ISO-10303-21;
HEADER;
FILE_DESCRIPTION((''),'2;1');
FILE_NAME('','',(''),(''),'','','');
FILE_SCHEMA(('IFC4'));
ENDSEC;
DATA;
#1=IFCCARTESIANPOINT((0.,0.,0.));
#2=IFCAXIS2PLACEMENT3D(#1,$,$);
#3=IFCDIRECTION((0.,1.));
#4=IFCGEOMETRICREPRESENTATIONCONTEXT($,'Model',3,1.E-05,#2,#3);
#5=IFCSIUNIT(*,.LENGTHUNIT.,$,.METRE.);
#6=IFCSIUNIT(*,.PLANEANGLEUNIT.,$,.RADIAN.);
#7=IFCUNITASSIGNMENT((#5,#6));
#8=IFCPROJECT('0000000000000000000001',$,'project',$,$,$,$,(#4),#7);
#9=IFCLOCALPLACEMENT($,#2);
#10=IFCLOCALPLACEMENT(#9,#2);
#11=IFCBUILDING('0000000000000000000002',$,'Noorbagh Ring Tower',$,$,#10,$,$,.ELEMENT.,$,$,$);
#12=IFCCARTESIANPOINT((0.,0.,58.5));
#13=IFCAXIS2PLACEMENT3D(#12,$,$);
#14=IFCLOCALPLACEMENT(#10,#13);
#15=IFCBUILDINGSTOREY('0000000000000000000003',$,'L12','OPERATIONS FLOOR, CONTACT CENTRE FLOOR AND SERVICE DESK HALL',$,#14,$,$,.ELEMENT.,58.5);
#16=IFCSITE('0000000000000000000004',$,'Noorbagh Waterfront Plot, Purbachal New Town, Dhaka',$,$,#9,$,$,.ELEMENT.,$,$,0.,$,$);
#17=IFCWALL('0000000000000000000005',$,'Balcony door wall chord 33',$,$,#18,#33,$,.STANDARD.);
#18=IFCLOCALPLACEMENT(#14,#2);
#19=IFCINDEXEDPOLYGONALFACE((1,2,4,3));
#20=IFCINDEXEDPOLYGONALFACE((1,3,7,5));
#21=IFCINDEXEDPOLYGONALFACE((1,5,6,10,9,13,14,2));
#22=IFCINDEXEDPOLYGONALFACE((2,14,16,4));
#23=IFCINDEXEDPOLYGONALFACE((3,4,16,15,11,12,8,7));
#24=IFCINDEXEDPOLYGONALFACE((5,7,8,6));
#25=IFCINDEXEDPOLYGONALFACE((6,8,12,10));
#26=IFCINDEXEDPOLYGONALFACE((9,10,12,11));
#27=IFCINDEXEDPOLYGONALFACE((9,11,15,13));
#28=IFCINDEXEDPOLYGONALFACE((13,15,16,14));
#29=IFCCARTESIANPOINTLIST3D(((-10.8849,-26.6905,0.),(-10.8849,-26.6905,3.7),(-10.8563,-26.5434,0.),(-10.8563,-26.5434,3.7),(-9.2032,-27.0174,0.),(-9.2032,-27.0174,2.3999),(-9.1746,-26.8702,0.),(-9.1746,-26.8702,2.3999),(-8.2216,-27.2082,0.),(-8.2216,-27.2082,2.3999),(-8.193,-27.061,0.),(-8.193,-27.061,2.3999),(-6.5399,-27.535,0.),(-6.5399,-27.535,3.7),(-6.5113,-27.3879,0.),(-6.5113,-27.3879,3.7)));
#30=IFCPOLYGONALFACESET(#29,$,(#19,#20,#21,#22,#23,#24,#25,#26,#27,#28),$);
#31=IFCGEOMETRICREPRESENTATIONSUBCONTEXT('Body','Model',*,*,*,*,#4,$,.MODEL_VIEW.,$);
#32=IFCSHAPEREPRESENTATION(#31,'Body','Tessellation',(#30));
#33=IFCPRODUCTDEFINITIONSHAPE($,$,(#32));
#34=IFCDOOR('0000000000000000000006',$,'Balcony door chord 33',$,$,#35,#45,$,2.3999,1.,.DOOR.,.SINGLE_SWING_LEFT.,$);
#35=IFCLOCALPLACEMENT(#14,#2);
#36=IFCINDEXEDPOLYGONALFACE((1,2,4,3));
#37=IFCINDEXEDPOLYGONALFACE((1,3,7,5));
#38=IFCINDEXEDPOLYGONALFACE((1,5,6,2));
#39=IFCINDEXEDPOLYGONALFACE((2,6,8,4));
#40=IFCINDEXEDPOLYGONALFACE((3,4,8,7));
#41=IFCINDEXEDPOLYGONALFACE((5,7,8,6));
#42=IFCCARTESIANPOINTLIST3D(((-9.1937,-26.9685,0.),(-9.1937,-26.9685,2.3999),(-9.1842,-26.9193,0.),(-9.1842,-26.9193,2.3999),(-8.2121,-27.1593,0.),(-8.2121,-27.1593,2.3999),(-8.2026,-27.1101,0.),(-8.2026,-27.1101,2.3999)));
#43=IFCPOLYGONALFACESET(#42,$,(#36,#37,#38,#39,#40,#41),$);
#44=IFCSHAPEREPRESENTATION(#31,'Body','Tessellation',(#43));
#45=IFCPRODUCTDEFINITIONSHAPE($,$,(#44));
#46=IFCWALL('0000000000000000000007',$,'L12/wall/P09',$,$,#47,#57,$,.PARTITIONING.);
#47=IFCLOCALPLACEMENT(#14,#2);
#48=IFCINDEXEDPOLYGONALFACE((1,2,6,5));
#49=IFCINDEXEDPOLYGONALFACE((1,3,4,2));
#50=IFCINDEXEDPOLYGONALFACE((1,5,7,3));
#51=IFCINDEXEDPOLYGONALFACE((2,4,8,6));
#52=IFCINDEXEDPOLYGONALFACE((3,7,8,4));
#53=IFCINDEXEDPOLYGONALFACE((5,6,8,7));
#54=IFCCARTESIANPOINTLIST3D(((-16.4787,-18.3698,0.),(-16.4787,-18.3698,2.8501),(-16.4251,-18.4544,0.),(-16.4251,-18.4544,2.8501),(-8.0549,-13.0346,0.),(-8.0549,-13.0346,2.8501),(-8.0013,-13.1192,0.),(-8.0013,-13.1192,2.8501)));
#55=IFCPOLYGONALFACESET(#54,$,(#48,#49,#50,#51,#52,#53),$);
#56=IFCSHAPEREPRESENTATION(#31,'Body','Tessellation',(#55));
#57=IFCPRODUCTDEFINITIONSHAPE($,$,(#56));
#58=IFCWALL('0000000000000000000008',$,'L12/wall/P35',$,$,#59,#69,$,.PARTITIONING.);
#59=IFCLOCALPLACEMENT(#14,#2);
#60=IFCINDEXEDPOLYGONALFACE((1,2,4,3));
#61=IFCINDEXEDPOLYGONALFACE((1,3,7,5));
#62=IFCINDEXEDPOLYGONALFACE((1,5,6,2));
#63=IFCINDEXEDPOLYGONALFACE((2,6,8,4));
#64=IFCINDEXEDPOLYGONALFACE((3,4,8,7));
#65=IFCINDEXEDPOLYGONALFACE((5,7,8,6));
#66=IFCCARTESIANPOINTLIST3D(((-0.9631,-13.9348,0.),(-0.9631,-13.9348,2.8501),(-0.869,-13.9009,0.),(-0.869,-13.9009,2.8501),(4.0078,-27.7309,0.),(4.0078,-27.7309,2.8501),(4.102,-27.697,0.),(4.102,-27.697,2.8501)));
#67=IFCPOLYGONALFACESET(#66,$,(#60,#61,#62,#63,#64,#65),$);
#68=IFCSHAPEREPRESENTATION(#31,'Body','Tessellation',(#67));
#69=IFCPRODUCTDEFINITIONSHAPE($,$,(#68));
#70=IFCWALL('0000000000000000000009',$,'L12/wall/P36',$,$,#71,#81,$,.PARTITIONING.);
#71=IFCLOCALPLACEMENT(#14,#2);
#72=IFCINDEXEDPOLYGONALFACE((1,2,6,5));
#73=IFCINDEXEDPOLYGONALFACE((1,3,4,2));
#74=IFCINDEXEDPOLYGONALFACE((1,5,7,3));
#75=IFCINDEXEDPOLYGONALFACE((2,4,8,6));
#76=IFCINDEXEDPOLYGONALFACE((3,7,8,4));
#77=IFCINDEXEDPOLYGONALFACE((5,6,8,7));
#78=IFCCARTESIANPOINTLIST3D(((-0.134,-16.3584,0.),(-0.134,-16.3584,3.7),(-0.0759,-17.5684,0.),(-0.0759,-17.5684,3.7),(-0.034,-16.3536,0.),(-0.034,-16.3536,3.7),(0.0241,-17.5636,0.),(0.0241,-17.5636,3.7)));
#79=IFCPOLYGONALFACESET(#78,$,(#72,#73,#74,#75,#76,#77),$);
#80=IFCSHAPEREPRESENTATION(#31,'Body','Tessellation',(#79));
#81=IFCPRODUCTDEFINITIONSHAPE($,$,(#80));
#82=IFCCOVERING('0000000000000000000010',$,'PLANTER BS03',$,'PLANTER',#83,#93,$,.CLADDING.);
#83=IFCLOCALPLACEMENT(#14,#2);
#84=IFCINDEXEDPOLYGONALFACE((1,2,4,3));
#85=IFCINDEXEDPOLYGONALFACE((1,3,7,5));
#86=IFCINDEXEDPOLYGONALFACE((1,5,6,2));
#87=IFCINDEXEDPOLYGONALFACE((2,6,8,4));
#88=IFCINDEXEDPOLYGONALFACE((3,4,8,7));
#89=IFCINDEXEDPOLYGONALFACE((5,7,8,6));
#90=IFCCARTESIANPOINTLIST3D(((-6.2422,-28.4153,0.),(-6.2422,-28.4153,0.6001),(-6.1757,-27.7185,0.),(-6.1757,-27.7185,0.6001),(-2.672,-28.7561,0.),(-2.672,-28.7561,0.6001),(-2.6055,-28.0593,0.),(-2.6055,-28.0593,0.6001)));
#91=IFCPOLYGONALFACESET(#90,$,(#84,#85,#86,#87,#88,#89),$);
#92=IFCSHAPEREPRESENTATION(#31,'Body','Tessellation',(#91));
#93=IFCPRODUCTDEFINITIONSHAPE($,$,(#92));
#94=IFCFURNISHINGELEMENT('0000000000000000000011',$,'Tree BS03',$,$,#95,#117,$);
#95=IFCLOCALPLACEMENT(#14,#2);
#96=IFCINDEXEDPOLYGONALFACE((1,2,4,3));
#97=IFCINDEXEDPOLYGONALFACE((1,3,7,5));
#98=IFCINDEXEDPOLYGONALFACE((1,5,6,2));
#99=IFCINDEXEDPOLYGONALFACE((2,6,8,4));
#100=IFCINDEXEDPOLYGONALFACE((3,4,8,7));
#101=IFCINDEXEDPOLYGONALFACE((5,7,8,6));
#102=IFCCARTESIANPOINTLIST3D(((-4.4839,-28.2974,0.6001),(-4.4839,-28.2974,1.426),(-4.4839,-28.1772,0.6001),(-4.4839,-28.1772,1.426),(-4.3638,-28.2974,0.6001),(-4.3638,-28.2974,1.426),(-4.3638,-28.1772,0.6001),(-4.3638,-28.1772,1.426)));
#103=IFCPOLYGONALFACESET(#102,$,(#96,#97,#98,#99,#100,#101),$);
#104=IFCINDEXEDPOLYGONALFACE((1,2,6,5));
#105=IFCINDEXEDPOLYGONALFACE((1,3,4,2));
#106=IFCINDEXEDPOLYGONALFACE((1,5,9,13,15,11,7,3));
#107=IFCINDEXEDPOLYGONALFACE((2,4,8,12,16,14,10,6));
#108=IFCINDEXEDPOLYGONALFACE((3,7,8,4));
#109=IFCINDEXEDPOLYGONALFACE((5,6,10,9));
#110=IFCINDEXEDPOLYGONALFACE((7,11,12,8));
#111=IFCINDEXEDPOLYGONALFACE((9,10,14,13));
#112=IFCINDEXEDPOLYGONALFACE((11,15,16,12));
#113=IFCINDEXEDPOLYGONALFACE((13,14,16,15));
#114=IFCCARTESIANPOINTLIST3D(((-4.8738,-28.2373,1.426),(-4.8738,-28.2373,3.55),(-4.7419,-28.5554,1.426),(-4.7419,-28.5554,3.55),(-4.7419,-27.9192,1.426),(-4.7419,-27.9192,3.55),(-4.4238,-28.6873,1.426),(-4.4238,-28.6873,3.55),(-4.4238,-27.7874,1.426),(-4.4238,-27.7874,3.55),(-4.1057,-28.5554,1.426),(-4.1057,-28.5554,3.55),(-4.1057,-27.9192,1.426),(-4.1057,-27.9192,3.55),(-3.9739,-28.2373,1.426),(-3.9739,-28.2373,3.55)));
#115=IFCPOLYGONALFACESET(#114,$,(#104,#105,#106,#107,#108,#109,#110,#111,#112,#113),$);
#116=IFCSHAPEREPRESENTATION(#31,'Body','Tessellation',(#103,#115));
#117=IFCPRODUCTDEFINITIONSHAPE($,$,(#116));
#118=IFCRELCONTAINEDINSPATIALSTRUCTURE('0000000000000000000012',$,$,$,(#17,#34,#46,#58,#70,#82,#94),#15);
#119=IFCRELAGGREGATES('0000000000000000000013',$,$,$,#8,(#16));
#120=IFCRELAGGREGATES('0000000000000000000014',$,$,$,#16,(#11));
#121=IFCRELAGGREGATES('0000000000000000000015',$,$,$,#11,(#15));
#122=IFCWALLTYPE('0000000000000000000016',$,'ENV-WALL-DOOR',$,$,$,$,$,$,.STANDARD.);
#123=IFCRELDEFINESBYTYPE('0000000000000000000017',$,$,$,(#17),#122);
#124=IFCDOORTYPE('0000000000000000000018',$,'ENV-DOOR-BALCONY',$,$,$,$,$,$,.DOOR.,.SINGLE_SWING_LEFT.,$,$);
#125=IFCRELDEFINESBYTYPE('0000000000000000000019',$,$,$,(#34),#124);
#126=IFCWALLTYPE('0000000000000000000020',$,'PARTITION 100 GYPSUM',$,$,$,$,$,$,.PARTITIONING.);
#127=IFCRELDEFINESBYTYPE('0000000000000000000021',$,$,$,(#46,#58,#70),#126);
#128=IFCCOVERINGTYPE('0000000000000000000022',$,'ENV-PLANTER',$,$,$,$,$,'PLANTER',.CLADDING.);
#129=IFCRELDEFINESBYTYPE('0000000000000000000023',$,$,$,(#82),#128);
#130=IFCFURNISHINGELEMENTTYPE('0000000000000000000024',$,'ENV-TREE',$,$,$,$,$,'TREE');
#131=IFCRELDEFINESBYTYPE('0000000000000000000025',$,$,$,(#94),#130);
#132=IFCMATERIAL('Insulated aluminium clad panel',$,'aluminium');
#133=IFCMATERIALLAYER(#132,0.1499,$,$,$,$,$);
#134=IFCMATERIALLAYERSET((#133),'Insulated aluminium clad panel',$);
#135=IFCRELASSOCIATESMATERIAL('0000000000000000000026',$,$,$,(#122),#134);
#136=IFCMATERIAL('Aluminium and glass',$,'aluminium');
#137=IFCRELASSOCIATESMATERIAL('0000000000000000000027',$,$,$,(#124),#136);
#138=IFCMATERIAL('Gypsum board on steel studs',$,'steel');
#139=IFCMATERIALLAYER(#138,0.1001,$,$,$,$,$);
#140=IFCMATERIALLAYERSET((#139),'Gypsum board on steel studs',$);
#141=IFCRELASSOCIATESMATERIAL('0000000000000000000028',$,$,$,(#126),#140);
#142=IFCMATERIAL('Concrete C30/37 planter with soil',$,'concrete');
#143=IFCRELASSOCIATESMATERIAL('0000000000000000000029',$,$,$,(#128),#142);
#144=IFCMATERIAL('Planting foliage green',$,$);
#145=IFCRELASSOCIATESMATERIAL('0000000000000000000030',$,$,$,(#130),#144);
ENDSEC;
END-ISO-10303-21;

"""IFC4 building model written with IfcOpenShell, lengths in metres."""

from ifc_helpers import new_model, si_unit, direction, frame, frame_2d, origin, origin_2d, place, context, subcontext, project, spatial, polyline, rectangle, outline, extrude, material, layer, layer_set, type_object, element, fill, save


model = new_model("IFC4")

# Units and contexts
model_context = context("Model", 3, precision=1e-05, world=origin(), true_north=direction((0.0, 1.0)))
body_context = subcontext(model_context, "Body", "Model", "MODEL_VIEW")
ifc_project = project(units=[si_unit("LENGTHUNIT", "METRE"), si_unit("PLANEANGLEUNIT", "RADIAN")], contexts=[model_context])

# Site, building, storey
site_placement = place(None, origin())
site = spatial("IfcSite", under=ifc_project, at=site_placement, Name="Noorbagh Waterfront Plot, Purbachal New Town, Dhaka", CompositionType="ELEMENT", RefElevation=0.0)
building_placement = place(site_placement, origin())
building = spatial("IfcBuilding", under=site, at=building_placement, Name="Noorbagh Ring Tower", CompositionType="ELEMENT")
storey_placement = place(building_placement, frame((0.0, 0.0, 58.5)))
storey = spatial("IfcBuildingStorey", under=building, at=storey_placement, Name="L12", Description="OPERATIONS FLOOR, CONTACT CENTRE FLOOR AND SERVICE DESK HALL", CompositionType="ELEMENT", Elevation=58.5)

# Wall, opening, door
ifc_material_1 = material(Name="Insulated aluminium clad panel", Category="aluminium")
ifc_layer_1 = layer(ifc_material_1, 0.1499)
ifc_layer_set_1 = layer_set([ifc_layer_1], Name="Insulated aluminium clad panel")
wall_type_1 = type_object("IfcWallType", Name="ENV-WALL-DOOR", PredefinedType="STANDARD", material=ifc_layer_set_1)
wall_1_placement = place(storey_placement, frame((-10.8706, -26.6169, 0.0), z_axis=(0.0, 0.0, 1.0), x_axis=(0.981631, -0.190788, 0.0)))
wall_1 = element("IfcWall", 1, at=wall_1_placement, inside=storey, type_object=wall_type_1, Name="Balcony door wall chord 33", PredefinedType="STANDARD", context=body_context, shape_type="SweptSolid", body=[
    extrude(rectangle(XDim=4.4263, YDim=0.1499, at=frame_2d((2.2131, 0.0))), origin(), (0.0, 0.0, 1.0), 3.7),
])
opening_placement = place(wall_1_placement, frame((1.7131, 0.0, 0.0)))
opening = element("IfcOpeningElement", 2, at=opening_placement, cuts=wall_1, PredefinedType="OPENING", context=body_context, shape_type="SweptSolid", body=[
    extrude(rectangle(XDim=1.0, YDim=2.3999, at=frame_2d((0.5, 1.2))), frame((0.0, 0.085, 0.0), z_axis=(0.0, -1.0, 0.0), x_axis=(1.0, 0.0, 0.0)), (0.0, 0.0, 1.0), 0.1699),
])
ifc_material_2 = material(Name="Aluminium and glass", Category="aluminium")
door_type = type_object("IfcDoorType", Name="ENV-DOOR-BALCONY", OperationType="SINGLE_SWING_LEFT", PredefinedType="DOOR", material=ifc_material_2)
door_placement = place(opening_placement, origin())
door = element("IfcDoor", 3, at=door_placement, inside=storey, type_object=door_type, Name="Balcony door chord 33", OperationType="SINGLE_SWING_LEFT", OverallHeight=2.3999, OverallWidth=1.0, PredefinedType="DOOR", context=body_context, shape_type="SweptSolid", body=[
    extrude(rectangle(XDim=1.0, YDim=2.3999, at=frame_2d((0.5, 1.2))), frame((0.0, 0.0249, 0.0), z_axis=(0.0, -1.0, 0.0), x_axis=(1.0, 0.0, 0.0)), (0.0, 0.0, 1.0), 0.05),
])
fill(opening, door)

# Walls
ifc_material_3 = material(Name="Gypsum board on steel studs", Category="steel")
ifc_layer_2 = layer(ifc_material_3, 0.1001)
ifc_layer_set_2 = layer_set([ifc_layer_2], Name="Gypsum board on steel studs")
wall_type_2 = type_object("IfcWallType", Name="PARTITION 100 GYPSUM", PredefinedType="PARTITIONING", material=ifc_layer_set_2)
wall_2_placement = place(storey_placement, frame((-16.4519, -18.4121, 0.0), z_axis=(0.0, 0.0, 1.0), x_axis=(0.844814, 0.53506, 0.0)))
element("IfcWall", 4, at=wall_2_placement, inside=storey, type_object=wall_type_2, Name="L12/wall/P09", PredefinedType="PARTITIONING", context=body_context, shape_type="SweptSolid", body=[
    extrude(rectangle(XDim=9.9712, YDim=0.1001, at=frame_2d((4.9856, 0.0))), origin(), (0.0, 0.0, 1.0), 2.8501),
])
wall_3_placement = place(storey_placement, frame((-0.916, -13.918, 0.0), z_axis=(0.0, 0.0, 1.0), x_axis=(0.338981, -0.940793, 0.0)))
element("IfcWall", 5, at=wall_3_placement, inside=storey, type_object=wall_type_2, Name="L12/wall/P35", PredefinedType="PARTITIONING", context=body_context, shape_type="SweptSolid", body=[
    extrude(rectangle(XDim=14.6643, YDim=0.1001, at=frame_2d((7.332, 0.0))), origin(), (0.0, 0.0, 1.0), 2.8501),
])
wall_4_placement = place(storey_placement, frame((-0.084, -16.356, 0.0), z_axis=(0.0, 0.0, 1.0), x_axis=(0.047967, -0.998849, 0.0)))
element("IfcWall", 6, at=wall_4_placement, inside=storey, type_object=wall_type_2, Name="L12/wall/P36", PredefinedType="PARTITIONING", context=body_context, shape_type="SweptSolid", body=[
    extrude(rectangle(XDim=1.2114, YDim=0.1001, at=frame_2d((0.6057, 0.0))), origin(), (0.0, 0.0, 1.0), 3.7),
])

# Covering
ifc_material_4 = material(Name="Concrete C30/37 planter with soil", Category="concrete")
covering_type = type_object("IfcCoveringType", Name="ENV-PLANTER", ElementType="PLANTER", PredefinedType="CLADDING", material=ifc_material_4)
covering_placement = place(storey_placement, frame((-4.4238, -28.2373, 0.0), z_axis=(0.0, 0.0, 1.0), x_axis=(0.995476, -0.095008, 0.0)))
element("IfcCovering", 7, at=covering_placement, inside=storey, type_object=covering_type, Name="PLANTER BS03", ObjectType="PLANTER", PredefinedType="CLADDING", context=body_context, shape_type="SweptSolid", body=[
    extrude(rectangle(XDim=3.5864, YDim=0.7, at=origin_2d()), origin(), (0.0, 0.0, 1.0), 0.6001),
])

# Furnishing element
ifc_material_5 = material(Name="Planting foliage green")
furnishing_element_type = type_object("IfcFurnishingElementType", Name="ENV-TREE", ElementType="TREE", material=ifc_material_5)
furnishing_placement = place(storey_placement, frame((-4.4238, -28.2373, 0.6001), z_axis=(0.0, 0.0, 1.0), x_axis=(1.0, 0.0, 0.0)))
element("IfcFurnishingElement", 8, at=furnishing_placement, inside=storey, type_object=furnishing_element_type, Name="Tree BS03", context=body_context, shape_type="SweptSolid", body=[
    extrude(rectangle(XDim=0.1201, YDim=0.1201, at=origin_2d()), origin(), (0.0, 0.0, 1.0), 0.8259),
    extrude(outline(polyline([(0.45, 0.0), (0.3181, 0.3181), (0.0, 0.45), (-0.3181, 0.3181), (-0.45, 0.0), (-0.3181, -0.3181), (0.0, -0.45), (0.3181, -0.3181), (0.45, 0.0)])), frame((0.0, 0.0, 0.8259)), (0.0, 0.0, 1.0), 2.124),
])

save(model, "model.ifc")
